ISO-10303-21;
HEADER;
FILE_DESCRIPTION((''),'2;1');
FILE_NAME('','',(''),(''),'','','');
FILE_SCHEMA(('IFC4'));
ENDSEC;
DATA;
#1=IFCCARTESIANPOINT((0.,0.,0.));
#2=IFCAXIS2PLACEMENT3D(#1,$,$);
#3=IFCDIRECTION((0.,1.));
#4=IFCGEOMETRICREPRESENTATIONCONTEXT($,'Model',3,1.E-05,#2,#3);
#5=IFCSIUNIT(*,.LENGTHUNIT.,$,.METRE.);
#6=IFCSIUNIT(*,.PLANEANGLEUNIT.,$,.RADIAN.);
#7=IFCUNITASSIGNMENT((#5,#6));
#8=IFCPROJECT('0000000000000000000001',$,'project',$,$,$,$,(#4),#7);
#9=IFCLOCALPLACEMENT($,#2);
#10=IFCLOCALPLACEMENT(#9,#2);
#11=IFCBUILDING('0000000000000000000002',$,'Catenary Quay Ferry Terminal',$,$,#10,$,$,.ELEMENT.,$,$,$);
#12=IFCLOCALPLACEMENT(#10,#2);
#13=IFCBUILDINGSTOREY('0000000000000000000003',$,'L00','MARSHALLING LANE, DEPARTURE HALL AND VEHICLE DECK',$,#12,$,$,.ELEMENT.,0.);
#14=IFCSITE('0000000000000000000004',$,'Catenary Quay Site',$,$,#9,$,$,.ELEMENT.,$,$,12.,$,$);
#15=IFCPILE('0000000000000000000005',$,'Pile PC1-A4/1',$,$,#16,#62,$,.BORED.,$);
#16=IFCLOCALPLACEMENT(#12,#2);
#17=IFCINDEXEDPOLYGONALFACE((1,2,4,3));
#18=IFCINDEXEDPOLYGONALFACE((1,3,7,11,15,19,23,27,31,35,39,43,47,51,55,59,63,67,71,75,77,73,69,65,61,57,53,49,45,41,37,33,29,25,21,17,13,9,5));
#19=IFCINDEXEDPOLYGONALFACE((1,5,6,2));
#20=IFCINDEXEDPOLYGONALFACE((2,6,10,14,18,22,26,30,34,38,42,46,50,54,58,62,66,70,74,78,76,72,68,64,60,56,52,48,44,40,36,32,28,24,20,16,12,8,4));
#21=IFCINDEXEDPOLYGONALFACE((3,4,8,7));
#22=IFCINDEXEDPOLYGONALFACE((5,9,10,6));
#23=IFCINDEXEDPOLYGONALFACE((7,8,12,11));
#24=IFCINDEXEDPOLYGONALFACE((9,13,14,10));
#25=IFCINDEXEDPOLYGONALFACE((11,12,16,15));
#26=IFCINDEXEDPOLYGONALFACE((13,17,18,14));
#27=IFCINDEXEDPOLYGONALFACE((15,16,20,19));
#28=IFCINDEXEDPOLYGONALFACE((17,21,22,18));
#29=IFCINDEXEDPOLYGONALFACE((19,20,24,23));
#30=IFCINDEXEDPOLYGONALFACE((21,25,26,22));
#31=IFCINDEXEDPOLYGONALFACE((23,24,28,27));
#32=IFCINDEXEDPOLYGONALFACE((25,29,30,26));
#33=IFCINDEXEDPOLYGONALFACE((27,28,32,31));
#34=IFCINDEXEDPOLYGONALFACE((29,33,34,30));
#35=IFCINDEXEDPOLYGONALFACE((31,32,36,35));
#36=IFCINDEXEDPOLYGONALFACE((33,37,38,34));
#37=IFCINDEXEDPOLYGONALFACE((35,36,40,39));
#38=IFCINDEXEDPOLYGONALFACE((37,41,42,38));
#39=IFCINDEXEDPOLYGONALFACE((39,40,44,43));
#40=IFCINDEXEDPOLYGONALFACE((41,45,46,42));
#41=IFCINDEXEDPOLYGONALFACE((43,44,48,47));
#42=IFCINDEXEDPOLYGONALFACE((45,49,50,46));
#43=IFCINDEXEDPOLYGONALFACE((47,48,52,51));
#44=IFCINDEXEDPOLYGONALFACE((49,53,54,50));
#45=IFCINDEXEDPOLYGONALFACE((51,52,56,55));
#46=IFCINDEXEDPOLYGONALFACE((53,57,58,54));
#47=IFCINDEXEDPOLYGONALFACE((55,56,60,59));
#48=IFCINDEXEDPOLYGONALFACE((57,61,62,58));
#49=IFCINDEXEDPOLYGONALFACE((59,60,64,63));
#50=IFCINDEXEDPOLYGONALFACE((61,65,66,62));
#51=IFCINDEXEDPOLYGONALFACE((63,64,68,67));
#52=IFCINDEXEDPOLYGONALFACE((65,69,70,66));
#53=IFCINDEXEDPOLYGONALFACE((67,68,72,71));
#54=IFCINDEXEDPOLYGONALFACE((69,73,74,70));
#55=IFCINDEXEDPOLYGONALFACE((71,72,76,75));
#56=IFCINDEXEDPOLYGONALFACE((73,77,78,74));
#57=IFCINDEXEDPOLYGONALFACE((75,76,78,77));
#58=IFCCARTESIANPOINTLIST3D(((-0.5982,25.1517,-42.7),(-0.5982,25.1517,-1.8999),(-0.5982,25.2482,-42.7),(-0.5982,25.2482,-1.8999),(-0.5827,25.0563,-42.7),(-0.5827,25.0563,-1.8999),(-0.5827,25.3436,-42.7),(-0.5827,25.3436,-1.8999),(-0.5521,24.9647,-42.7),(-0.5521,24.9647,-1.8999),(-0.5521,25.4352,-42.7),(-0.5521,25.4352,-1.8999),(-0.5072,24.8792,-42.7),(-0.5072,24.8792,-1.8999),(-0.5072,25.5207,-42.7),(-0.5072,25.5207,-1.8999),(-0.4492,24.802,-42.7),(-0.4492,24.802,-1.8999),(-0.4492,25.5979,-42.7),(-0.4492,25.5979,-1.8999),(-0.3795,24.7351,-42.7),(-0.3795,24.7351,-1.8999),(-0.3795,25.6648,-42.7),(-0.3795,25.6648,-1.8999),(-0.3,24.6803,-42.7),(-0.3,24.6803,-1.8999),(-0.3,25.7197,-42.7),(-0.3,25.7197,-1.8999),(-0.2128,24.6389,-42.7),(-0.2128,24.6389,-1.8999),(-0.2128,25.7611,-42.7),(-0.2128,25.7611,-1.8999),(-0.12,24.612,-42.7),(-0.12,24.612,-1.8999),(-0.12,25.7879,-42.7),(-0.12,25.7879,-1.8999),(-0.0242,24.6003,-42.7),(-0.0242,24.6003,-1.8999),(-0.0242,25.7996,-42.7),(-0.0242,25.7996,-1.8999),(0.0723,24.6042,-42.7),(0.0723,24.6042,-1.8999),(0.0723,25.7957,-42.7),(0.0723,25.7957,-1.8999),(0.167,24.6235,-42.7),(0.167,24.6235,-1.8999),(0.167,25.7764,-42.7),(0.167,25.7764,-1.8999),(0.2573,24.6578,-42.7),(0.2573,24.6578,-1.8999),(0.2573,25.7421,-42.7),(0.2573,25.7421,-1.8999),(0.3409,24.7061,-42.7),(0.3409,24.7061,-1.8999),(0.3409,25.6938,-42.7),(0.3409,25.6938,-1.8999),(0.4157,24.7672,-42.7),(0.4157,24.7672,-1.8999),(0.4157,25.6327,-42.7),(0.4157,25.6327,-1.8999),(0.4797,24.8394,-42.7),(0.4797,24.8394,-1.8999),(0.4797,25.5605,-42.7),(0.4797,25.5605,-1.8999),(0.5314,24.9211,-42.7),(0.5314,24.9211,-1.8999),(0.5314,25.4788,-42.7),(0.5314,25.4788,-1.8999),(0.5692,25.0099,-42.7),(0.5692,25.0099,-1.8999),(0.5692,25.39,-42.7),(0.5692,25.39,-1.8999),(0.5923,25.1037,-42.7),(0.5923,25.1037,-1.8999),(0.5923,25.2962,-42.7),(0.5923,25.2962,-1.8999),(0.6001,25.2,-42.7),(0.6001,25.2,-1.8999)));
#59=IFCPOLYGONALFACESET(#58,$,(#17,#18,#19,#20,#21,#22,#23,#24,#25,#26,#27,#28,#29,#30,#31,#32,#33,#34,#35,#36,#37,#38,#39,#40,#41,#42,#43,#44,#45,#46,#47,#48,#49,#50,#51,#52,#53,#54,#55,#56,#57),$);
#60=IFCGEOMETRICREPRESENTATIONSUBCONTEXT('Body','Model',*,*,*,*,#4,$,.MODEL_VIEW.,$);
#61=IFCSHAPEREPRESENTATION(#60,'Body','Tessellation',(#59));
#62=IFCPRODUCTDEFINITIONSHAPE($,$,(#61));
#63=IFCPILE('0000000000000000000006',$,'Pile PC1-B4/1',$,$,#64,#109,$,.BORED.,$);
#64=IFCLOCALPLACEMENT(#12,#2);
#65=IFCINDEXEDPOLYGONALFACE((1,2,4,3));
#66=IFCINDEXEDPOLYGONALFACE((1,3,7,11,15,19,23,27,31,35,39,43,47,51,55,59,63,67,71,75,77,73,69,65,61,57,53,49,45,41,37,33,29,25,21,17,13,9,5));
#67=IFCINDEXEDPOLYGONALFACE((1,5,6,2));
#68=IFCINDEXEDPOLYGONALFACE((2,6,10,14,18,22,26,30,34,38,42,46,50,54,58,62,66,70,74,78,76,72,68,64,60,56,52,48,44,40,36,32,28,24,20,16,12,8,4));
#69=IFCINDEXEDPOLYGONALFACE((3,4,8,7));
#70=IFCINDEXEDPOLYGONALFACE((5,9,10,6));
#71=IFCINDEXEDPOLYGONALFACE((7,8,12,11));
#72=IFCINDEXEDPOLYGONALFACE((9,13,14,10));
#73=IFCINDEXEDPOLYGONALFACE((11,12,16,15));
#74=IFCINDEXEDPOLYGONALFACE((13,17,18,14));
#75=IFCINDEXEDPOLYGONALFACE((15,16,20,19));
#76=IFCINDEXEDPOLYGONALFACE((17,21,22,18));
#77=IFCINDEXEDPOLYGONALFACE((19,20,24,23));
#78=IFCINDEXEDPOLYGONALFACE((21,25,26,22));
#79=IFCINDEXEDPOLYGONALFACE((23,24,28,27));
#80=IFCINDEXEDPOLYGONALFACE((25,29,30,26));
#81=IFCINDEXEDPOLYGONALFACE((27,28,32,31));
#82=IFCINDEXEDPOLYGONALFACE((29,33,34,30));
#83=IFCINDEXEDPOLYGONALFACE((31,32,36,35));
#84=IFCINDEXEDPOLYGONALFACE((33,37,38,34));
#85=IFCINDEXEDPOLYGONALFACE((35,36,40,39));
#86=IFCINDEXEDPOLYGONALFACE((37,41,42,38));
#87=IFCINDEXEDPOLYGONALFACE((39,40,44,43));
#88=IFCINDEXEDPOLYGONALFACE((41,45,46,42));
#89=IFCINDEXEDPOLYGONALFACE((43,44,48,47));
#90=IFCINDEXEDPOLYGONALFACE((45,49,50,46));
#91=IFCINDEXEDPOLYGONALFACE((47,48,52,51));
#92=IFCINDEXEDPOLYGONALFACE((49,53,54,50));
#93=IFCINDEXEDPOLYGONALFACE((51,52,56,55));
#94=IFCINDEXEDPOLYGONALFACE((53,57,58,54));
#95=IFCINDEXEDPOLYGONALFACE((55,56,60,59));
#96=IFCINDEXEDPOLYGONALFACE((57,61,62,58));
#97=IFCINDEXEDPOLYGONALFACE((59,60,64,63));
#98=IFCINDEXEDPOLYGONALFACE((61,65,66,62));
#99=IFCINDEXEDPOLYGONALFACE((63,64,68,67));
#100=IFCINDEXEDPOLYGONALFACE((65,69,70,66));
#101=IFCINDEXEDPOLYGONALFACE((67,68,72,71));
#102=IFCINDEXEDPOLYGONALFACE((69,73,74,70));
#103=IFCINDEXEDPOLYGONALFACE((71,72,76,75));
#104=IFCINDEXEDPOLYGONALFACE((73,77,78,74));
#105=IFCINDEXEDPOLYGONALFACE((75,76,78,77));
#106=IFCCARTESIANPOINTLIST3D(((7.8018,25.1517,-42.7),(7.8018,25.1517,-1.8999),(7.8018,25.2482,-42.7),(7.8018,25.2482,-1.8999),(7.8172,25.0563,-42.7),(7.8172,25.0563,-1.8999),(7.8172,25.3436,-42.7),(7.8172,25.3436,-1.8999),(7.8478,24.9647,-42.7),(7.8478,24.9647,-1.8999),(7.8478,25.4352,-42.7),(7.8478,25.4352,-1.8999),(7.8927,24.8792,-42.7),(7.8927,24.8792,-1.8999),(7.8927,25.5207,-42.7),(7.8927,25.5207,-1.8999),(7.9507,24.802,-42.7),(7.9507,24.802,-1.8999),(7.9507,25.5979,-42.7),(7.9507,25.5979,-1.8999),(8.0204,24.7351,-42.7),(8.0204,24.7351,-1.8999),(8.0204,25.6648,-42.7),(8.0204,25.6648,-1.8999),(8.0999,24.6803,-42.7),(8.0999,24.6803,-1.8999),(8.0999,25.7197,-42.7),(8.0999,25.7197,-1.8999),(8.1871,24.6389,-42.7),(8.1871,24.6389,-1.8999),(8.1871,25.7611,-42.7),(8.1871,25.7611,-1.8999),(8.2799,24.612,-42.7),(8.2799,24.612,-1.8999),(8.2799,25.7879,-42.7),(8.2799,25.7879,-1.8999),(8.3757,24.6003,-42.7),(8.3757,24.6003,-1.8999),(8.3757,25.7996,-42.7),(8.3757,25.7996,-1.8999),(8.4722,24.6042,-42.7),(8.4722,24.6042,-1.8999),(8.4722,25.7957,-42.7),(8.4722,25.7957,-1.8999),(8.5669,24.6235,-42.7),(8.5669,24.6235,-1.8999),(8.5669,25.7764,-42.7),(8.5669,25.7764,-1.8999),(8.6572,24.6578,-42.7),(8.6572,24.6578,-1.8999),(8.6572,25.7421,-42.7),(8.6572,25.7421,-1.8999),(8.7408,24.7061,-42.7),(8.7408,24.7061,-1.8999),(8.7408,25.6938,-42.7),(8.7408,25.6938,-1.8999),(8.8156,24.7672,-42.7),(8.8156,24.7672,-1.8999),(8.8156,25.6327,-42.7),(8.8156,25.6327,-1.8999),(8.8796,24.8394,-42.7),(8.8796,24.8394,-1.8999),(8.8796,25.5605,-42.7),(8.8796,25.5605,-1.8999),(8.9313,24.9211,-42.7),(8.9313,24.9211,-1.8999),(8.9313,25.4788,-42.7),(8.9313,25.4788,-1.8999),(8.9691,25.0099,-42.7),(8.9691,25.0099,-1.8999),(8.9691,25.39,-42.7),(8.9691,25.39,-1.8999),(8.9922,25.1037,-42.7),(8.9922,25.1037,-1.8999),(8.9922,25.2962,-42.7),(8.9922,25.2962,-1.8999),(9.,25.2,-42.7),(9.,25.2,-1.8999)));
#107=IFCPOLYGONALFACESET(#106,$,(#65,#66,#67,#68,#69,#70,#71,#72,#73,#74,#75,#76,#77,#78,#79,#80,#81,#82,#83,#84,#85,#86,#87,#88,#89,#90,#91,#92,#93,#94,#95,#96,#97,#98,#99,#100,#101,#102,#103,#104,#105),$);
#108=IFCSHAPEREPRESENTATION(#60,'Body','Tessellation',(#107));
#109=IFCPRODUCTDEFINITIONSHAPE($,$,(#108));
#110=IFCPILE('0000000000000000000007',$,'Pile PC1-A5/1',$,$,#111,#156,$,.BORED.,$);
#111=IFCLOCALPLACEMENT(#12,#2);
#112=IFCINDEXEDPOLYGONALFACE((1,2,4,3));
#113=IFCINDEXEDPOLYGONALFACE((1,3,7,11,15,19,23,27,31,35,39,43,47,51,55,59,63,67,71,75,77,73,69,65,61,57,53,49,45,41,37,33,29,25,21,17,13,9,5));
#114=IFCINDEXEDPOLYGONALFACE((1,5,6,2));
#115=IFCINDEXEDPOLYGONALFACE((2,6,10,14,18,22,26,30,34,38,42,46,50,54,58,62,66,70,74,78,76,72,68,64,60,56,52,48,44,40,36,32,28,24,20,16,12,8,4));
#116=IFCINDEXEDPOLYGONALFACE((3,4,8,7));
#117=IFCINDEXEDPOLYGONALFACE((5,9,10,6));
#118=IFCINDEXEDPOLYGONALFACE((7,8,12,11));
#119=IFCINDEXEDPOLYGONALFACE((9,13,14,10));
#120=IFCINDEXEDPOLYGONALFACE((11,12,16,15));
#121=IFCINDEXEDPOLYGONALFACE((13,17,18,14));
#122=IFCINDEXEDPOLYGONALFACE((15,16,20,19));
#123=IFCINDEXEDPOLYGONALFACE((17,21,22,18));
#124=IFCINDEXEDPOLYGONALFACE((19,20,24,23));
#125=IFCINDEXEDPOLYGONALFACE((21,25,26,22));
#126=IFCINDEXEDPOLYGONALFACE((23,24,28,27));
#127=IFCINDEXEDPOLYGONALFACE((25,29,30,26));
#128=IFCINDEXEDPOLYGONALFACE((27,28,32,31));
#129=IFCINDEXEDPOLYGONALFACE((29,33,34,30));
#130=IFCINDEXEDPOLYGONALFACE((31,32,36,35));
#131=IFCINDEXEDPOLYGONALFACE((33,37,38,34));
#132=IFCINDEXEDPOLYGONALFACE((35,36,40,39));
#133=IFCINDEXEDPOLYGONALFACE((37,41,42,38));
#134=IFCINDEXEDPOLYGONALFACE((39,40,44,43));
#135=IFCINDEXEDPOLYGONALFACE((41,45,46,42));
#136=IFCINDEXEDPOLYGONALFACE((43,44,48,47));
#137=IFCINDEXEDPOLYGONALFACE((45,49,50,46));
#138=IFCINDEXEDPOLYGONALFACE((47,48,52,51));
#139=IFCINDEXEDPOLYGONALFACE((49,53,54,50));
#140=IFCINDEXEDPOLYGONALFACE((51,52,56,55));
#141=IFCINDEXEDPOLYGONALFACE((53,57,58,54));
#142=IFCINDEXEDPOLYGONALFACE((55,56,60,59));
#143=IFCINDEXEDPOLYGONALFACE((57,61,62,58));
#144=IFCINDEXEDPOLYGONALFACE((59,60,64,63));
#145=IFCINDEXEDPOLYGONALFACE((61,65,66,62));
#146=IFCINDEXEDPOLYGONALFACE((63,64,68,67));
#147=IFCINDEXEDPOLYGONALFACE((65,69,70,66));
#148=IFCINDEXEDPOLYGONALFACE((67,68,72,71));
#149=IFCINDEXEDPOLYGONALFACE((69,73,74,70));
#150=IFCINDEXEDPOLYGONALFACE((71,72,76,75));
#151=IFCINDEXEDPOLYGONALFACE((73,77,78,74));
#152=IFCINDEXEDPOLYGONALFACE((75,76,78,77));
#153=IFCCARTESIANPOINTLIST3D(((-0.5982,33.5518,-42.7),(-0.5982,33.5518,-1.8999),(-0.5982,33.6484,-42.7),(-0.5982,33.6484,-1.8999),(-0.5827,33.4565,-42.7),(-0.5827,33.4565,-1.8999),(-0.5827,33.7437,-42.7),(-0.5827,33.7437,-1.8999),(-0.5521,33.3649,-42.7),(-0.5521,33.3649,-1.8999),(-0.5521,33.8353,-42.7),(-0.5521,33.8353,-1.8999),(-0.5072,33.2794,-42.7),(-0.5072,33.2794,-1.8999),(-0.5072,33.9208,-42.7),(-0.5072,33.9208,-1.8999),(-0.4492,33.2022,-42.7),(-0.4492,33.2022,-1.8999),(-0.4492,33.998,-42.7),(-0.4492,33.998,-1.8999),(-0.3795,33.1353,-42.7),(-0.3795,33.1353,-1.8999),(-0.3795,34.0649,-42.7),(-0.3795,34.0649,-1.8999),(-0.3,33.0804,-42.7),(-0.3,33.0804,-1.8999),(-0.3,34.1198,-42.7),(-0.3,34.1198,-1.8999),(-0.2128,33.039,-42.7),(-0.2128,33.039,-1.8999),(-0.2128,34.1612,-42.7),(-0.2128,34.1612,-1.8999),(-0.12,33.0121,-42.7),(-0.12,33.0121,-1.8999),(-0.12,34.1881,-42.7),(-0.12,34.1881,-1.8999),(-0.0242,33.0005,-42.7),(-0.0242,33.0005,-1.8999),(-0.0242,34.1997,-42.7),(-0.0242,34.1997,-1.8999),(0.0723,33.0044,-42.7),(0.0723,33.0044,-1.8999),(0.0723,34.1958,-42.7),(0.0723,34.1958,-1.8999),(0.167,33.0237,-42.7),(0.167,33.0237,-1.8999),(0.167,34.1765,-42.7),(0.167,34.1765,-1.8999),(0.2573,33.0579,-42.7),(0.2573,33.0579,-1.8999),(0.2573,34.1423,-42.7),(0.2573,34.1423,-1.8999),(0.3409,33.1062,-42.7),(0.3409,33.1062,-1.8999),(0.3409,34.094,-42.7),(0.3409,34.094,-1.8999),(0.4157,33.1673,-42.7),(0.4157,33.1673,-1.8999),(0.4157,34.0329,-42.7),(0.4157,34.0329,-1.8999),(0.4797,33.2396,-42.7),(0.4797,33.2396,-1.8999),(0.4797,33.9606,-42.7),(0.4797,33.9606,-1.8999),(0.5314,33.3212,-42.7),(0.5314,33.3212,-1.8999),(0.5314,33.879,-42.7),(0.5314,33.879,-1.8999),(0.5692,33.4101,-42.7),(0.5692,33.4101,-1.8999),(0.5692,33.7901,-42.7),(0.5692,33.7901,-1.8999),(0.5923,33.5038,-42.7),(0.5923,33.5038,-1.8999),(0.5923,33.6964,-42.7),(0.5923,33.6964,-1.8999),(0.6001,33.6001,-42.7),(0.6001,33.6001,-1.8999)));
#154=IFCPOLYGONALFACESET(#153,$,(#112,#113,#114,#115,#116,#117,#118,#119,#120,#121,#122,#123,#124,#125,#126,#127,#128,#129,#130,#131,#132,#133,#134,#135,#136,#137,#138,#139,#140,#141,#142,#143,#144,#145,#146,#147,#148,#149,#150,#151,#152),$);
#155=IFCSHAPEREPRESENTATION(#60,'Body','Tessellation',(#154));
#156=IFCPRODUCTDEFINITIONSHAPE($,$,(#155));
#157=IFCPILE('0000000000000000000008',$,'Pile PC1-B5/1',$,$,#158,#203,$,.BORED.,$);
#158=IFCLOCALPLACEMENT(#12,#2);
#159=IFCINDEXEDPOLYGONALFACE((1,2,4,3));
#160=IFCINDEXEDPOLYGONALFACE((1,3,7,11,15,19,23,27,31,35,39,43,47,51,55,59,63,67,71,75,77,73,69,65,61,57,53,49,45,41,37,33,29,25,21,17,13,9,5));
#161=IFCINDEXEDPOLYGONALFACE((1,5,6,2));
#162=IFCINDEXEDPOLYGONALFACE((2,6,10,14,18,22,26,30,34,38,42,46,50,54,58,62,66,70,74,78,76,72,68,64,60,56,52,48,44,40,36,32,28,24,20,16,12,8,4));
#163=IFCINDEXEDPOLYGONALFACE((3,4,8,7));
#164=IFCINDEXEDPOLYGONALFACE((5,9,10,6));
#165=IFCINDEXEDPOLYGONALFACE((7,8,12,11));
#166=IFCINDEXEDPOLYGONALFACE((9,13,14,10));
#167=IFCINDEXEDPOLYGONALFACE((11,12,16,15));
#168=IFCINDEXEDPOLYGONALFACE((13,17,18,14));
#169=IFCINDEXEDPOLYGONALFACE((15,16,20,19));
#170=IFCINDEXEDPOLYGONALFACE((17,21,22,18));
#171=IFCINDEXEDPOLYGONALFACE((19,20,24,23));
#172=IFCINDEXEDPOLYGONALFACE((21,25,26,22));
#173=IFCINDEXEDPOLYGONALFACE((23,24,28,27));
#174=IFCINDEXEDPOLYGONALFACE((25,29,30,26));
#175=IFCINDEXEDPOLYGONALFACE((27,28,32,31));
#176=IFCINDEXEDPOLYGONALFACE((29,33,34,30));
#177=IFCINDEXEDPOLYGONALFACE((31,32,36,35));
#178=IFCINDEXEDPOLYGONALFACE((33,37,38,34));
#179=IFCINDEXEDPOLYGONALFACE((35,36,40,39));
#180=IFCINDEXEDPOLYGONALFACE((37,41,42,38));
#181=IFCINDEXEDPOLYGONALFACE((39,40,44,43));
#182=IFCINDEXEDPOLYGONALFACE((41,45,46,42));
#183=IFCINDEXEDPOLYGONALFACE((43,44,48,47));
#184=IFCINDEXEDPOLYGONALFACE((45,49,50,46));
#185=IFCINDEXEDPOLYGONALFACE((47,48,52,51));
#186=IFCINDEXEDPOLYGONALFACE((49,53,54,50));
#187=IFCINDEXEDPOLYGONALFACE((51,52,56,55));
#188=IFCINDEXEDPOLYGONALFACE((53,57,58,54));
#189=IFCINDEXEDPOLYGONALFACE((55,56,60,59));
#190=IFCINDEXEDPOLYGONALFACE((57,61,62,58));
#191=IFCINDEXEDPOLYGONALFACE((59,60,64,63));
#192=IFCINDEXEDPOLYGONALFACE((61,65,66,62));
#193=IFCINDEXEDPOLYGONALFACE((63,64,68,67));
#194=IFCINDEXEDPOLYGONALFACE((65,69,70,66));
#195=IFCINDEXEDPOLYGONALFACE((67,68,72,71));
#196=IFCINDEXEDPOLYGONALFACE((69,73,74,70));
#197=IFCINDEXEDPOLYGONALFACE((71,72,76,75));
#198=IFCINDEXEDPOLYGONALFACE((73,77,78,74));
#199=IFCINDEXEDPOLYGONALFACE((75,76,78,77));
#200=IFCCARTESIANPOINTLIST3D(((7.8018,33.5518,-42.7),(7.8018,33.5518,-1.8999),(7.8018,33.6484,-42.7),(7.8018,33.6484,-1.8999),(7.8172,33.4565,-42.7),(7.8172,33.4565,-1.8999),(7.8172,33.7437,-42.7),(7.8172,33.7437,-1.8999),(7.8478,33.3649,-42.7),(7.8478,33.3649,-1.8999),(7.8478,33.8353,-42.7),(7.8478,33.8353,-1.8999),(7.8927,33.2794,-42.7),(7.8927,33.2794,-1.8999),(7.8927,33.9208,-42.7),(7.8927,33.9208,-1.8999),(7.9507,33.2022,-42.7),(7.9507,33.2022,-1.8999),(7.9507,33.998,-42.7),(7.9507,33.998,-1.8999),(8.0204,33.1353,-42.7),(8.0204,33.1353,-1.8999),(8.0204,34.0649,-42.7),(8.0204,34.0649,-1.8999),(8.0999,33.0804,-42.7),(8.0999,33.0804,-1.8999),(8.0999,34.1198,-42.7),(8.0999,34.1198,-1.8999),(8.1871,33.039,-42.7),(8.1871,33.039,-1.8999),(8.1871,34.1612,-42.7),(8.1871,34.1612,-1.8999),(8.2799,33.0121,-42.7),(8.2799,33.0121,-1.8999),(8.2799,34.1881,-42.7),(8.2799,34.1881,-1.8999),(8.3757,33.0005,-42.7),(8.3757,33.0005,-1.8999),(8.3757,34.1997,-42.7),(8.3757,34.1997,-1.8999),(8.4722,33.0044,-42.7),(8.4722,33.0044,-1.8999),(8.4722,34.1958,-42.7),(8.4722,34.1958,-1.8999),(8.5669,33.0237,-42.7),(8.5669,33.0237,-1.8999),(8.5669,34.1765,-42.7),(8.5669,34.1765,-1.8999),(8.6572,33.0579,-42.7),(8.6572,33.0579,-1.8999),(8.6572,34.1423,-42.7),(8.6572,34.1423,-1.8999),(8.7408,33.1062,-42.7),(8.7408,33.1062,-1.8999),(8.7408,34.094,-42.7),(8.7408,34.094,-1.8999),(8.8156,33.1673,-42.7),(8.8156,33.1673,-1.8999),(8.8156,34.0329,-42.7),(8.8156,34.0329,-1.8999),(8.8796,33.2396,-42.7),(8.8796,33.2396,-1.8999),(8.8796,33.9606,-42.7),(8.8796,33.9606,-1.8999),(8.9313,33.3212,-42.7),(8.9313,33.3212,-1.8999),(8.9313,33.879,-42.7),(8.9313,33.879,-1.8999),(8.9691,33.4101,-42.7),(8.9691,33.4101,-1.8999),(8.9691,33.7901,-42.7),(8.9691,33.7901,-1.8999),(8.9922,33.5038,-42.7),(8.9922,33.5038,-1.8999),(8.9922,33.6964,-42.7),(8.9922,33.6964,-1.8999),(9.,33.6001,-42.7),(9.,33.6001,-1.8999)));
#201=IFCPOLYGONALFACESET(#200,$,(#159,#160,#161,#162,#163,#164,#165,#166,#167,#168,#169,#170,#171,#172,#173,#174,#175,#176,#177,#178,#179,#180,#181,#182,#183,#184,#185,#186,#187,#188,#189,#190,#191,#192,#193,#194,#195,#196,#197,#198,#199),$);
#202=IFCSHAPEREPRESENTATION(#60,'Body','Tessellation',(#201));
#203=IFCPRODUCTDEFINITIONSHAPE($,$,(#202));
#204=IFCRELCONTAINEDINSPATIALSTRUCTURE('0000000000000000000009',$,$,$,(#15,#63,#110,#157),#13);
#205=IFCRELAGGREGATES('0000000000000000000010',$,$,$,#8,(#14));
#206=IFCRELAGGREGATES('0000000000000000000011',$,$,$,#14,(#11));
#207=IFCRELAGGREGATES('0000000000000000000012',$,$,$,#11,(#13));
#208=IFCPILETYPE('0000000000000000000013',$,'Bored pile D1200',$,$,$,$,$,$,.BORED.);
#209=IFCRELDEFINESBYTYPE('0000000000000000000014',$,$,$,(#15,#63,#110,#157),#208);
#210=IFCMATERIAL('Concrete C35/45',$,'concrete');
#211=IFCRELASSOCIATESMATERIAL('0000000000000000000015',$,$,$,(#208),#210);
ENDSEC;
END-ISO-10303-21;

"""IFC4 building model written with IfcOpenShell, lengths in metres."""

from ifc_helpers import new_model, si_unit, direction, frame, origin, origin_2d, place, context, subcontext, project, spatial, circle, extrude, material, material_profile, profile_set, type_object, element, save


model = new_model("IFC4")

# Units and contexts
model_context = context("Model", 3, precision=1e-05, world=origin(), true_north=direction((0.0, 1.0)))
body_context = subcontext(model_context, "Body", "Model", "MODEL_VIEW")
ifc_project = project(units=[si_unit("LENGTHUNIT", "METRE"), si_unit("PLANEANGLEUNIT", "RADIAN")], contexts=[model_context])

# Site, building, storey
site_placement = place(None, origin())
site = spatial("IfcSite", under=ifc_project, at=site_placement, Name="Catenary Quay Site", CompositionType="ELEMENT", RefElevation=12.0)
building_placement = place(site_placement, origin())
building = spatial("IfcBuilding", under=site, at=building_placement, Name="Catenary Quay Ferry Terminal", CompositionType="ELEMENT")
storey_placement = place(building_placement, origin())
storey = spatial("IfcBuildingStorey", under=building, at=storey_placement, Name="L00", Description="MARSHALLING LANE, DEPARTURE HALL AND VEHICLE DECK", CompositionType="ELEMENT", Elevation=0.0)

# Piles
ifc_material_1 = material(Name="Concrete C35/45", Category="concrete")
ifc_material_profile_1 = material_profile(ifc_material_1, circle(Radius=0.6001, at=origin_2d()), Name="D1200")
ifc_profile_set_1 = profile_set([ifc_material_profile_1], Name="Concrete C35/45")
pile_type = type_object("IfcPileType", Name="Bored pile D1200", PredefinedType="BORED", material=ifc_profile_set_1)
for number, where, z_axis, x_axis, name in (
    (1, (0.0, 25.2, -1.8999), (0.0, 0.0, -1.0), (1.0, 0.0, 0.0), "Pile PC1-A4/1"),
    (2, (8.3999, 25.2, -1.8999), (0.0, 0.0, -1.0), (1.0, 0.0, 0.0), "Pile PC1-B4/1"),
    (3, (0.0, 33.6001, -1.8999), (0.0, 0.0, -1.0), (1.0, 0.0, 0.0), "Pile PC1-A5/1"),
    (4, (8.3999, 33.6001, -1.8999), (0.0, 0.0, -1.0), (1.0, 0.0, 0.0), "Pile PC1-B5/1"),
):
    element("IfcPile", number, at=place(storey_placement, frame(where, z_axis=z_axis, x_axis=x_axis)), inside=storey, type_object=pile_type, Name=name, PredefinedType="BORED", context=body_context, shape_type="SweptSolid", body=[
        extrude(circle(Radius=0.6001, at=origin_2d()), origin(), (0.0, 0.0, 1.0), 40.8),
    ])

save(model, "model.ifc")
